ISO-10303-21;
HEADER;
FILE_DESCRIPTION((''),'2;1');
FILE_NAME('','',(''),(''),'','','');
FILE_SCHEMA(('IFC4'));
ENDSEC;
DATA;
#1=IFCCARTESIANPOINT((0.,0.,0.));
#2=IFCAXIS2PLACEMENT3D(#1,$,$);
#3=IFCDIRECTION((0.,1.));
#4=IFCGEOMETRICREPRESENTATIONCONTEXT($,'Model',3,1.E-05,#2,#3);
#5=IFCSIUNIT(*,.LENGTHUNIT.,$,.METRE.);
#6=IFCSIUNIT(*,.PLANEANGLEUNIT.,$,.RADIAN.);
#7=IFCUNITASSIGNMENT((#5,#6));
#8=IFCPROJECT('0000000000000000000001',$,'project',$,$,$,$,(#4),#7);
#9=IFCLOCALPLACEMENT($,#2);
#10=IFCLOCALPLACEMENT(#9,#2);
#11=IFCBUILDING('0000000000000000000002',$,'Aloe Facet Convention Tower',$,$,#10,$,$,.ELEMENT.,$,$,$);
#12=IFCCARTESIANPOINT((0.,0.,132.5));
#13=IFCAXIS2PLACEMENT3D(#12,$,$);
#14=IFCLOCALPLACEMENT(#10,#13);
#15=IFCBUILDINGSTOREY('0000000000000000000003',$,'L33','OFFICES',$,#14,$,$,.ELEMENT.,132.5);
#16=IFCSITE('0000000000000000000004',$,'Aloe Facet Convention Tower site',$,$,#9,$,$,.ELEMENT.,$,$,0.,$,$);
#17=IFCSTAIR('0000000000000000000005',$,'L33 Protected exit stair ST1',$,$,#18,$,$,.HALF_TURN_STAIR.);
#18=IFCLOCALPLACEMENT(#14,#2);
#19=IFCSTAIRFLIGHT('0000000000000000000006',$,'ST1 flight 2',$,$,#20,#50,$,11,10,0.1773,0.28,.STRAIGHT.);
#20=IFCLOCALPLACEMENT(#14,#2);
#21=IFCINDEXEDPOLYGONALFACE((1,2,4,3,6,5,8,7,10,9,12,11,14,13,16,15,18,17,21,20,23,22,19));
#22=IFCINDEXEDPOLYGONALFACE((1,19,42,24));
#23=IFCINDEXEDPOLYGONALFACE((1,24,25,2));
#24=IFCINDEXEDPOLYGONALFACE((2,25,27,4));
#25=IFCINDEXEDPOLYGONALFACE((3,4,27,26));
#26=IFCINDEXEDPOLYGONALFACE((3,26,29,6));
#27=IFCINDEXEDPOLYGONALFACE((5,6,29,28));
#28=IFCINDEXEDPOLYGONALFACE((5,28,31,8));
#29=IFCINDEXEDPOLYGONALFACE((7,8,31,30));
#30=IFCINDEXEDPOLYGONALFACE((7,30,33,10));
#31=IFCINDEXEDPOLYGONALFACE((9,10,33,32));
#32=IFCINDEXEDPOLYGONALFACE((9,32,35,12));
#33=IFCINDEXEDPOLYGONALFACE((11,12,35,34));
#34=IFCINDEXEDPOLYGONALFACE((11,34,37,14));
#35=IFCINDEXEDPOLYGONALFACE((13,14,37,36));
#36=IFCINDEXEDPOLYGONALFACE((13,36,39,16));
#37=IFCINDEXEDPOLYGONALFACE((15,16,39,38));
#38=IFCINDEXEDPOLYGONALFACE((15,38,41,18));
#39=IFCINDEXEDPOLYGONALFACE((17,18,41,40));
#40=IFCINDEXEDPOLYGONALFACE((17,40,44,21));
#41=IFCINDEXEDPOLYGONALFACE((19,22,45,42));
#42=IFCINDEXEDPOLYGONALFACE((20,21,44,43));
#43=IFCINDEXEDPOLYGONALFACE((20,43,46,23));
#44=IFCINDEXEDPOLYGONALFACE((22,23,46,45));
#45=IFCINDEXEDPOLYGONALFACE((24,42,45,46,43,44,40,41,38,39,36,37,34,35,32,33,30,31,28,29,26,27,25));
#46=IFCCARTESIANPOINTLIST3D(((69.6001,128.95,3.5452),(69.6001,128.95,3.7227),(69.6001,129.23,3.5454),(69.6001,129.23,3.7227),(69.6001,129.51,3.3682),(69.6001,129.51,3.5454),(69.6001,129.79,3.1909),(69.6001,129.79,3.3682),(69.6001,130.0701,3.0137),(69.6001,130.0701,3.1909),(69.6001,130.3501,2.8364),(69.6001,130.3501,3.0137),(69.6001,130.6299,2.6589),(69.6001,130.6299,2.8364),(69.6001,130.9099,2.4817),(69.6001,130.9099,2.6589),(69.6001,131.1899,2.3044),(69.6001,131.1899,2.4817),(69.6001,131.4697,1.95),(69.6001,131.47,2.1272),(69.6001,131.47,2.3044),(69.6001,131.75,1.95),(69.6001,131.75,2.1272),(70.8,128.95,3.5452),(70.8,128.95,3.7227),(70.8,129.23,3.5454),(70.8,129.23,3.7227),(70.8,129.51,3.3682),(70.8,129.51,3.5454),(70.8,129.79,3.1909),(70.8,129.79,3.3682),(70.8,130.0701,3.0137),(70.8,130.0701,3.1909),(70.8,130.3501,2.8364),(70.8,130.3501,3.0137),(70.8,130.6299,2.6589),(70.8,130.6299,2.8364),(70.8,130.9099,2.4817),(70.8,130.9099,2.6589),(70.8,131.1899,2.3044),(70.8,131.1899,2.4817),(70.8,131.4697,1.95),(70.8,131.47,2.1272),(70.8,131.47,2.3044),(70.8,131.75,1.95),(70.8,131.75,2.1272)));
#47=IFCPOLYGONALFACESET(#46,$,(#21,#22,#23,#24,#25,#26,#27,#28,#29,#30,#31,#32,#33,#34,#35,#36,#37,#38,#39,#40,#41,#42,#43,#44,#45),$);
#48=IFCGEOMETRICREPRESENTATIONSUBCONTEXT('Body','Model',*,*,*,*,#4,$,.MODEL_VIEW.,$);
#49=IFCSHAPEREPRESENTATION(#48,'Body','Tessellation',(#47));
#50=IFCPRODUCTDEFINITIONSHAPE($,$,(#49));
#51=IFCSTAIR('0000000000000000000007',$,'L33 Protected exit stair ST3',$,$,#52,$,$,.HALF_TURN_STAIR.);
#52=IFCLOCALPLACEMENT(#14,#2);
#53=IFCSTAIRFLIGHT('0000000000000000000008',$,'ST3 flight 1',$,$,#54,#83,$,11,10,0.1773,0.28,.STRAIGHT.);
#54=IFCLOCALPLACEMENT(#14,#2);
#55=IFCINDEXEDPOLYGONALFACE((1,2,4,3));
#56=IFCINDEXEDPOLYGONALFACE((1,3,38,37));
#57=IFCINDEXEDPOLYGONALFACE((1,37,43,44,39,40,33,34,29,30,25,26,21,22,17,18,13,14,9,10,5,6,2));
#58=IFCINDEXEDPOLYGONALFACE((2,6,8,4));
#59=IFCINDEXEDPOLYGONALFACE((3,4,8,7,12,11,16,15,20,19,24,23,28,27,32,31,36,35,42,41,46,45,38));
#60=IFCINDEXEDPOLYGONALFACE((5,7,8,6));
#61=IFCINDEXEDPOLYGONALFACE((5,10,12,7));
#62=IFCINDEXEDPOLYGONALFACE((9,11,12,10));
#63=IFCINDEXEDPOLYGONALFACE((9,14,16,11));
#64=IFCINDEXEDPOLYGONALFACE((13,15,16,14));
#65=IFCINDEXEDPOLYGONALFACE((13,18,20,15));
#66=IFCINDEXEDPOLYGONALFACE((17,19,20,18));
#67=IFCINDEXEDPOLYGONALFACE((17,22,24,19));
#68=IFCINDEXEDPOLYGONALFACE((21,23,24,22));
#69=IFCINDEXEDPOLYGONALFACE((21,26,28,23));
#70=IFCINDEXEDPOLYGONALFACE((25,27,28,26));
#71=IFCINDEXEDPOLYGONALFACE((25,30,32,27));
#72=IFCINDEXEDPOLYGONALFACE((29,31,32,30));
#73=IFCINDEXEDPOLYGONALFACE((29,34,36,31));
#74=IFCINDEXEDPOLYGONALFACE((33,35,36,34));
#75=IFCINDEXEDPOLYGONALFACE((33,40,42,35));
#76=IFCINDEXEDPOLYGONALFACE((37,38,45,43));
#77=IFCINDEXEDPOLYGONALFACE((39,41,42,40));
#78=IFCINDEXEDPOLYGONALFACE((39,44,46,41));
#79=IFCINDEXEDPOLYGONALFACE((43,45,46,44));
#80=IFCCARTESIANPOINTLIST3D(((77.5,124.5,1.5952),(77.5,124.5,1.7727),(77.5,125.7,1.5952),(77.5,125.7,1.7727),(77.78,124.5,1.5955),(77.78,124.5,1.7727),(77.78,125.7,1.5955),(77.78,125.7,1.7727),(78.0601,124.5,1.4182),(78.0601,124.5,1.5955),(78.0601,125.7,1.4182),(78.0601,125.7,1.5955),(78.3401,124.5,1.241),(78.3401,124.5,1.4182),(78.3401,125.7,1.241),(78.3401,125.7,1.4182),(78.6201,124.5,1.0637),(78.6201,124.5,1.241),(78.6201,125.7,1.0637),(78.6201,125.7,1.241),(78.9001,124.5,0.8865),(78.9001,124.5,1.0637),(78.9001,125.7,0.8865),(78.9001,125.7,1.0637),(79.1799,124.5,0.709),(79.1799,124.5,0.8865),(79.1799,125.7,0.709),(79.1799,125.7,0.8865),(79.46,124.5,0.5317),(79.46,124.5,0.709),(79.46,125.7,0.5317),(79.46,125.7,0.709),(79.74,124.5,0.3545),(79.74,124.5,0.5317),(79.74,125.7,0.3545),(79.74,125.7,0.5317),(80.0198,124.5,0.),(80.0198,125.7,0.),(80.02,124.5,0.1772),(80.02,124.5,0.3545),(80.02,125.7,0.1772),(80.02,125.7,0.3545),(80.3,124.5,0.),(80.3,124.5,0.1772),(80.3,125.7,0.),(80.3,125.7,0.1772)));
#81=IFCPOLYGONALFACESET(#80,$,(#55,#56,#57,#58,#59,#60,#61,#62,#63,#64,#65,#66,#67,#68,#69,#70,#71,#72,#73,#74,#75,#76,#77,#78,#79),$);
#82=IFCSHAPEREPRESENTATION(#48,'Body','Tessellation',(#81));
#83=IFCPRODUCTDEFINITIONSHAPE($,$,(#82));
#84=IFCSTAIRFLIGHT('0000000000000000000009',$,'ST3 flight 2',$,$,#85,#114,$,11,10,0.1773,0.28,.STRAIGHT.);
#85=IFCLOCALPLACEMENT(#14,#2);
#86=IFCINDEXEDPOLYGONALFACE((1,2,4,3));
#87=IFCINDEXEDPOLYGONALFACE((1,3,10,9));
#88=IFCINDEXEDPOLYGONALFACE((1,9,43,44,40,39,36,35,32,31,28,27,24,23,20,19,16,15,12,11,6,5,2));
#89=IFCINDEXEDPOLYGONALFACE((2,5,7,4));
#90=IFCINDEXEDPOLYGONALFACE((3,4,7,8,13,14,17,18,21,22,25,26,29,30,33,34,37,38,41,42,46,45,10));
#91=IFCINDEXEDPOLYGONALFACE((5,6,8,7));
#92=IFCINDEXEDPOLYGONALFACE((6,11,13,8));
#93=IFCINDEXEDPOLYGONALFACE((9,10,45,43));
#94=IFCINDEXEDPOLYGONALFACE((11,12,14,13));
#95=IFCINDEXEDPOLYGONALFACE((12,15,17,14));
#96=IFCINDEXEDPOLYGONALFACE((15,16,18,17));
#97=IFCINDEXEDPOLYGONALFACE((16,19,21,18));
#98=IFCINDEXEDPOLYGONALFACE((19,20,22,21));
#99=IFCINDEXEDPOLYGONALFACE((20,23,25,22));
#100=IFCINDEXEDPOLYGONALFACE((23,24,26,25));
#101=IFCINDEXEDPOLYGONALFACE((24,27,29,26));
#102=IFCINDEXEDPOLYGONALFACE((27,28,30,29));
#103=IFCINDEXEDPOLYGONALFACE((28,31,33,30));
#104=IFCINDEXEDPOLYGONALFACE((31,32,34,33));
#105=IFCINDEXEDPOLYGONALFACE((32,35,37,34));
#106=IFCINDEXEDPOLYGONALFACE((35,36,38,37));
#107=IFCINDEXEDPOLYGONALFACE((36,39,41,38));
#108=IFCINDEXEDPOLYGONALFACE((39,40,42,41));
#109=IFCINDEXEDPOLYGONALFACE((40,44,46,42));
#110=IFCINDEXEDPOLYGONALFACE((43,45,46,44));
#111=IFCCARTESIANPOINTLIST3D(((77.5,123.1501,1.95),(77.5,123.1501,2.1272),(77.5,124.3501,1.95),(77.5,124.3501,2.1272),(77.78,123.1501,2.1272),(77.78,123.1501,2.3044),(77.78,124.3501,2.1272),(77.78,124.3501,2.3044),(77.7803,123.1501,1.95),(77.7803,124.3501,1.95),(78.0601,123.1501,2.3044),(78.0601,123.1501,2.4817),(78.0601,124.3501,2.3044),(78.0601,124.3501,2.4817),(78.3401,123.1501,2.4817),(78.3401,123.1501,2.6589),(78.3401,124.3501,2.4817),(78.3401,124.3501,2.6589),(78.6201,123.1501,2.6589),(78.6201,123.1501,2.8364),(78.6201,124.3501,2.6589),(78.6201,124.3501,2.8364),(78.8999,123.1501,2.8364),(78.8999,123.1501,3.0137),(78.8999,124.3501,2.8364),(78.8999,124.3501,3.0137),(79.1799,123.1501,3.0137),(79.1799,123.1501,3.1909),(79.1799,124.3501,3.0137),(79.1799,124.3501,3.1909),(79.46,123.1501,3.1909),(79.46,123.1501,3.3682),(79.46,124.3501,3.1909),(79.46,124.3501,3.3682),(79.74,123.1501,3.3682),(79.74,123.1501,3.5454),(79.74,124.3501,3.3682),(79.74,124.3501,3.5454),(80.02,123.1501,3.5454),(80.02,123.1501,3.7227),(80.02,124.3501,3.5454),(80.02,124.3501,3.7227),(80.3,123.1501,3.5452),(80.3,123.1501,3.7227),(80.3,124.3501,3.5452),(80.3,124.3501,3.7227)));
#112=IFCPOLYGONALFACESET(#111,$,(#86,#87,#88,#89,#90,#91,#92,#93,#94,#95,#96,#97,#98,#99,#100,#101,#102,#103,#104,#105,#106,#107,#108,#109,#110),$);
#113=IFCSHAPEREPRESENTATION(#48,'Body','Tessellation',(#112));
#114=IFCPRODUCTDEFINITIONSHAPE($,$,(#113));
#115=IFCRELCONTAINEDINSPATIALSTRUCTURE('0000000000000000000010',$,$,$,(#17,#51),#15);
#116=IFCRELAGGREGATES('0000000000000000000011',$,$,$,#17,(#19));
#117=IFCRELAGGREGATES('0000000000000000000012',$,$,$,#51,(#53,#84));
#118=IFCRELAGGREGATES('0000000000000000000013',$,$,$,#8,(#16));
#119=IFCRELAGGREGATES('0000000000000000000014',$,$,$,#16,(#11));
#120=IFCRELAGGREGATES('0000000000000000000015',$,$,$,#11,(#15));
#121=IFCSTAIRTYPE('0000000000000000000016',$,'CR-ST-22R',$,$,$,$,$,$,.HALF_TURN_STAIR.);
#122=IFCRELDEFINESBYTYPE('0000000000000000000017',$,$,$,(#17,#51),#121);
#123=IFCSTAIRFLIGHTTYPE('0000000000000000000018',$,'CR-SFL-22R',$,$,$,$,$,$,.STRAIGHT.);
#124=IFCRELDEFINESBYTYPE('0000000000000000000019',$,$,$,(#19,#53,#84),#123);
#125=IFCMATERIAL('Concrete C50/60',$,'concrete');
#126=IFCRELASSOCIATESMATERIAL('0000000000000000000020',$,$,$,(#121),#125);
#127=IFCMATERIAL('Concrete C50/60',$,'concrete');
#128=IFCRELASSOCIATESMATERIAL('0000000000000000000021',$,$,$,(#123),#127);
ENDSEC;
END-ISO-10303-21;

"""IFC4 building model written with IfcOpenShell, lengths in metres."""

from ifc_helpers import new_model, si_unit, direction, frame, origin, place, context, subcontext, project, spatial, polyline, outline, extrude, material, type_object, element, aggregate, save


model = new_model("IFC4")

# Units and contexts
model_context = context("Model", 3, precision=1e-05, world=origin(), true_north=direction((0.0, 1.0)))
body_context = subcontext(model_context, "Body", "Model", "MODEL_VIEW")
ifc_project = project(units=[si_unit("LENGTHUNIT", "METRE"), si_unit("PLANEANGLEUNIT", "RADIAN")], contexts=[model_context])

# Site, building, storey
site_placement = place(None, origin())
site = spatial("IfcSite", under=ifc_project, at=site_placement, Name="Aloe Facet Convention Tower site", CompositionType="ELEMENT", RefElevation=0.0)
building_placement = place(site_placement, origin())
building = spatial("IfcBuilding", under=site, at=building_placement, Name="Aloe Facet Convention Tower", CompositionType="ELEMENT")
storey_placement = place(building_placement, frame((0.0, 0.0, 132.5)))
storey = spatial("IfcBuildingStorey", under=building, at=storey_placement, Name="L33", Description="OFFICES", CompositionType="ELEMENT", Elevation=132.5)

# Stairs, stair flights
ifc_material_1 = material(Name="Concrete C50/60", Category="concrete")
stair_type = type_object("IfcStairType", Name="CR-ST-22R", PredefinedType="HALF_TURN_STAIR", material=ifc_material_1)
stair_1_placement = place(storey_placement, origin())
stair_1 = element("IfcStair", 1, at=stair_1_placement, inside=storey, type_object=stair_type, Name="L33 Protected exit stair ST1", PredefinedType="HALF_TURN_STAIR")
ifc_material_2 = material(Name="Concrete C50/60", Category="concrete")
stair_flight_type = type_object("IfcStairFlightType", Name="CR-SFL-22R", PredefinedType="STRAIGHT", material=ifc_material_2)
stair_flight_1_placement = place(storey_placement, frame((70.2, 131.75, 1.95), z_axis=(0.0, 0.0, 1.0), x_axis=(0.0, -1.0, 0.0)))
stair_flight_1 = element("IfcStairFlight", 2, at=stair_flight_1_placement, type_object=stair_flight_type, Name="ST1 flight 2", NumberOfRisers=11, NumberOfTreads=10, PredefinedType="STRAIGHT", RiserHeight=0.1773, TreadLength=0.28, context=body_context, shape_type="SweptSolid", body=[
    extrude(outline(polyline([(0.0, 0.0), (0.0, 0.1772), (0.28, 0.1772), (0.28, 0.3545), (0.5601, 0.3545), (0.5601, 0.5317), (0.8401, 0.5317), (0.8401, 0.709), (1.1201, 0.709), (1.1201, 0.8865), (1.3999, 0.8865), (1.3999, 1.0637), (1.6799, 1.0637), (1.6799, 1.241), (1.96, 1.241), (1.96, 1.4182), (2.24, 1.4182), (2.24, 1.5955), (2.52, 1.5955), (2.52, 1.7727), (2.8, 1.7727), (2.8, 1.95), (2.8, 1.5952), (0.2803, 0.0), (0.0, 0.0)])), frame((0.0, 0.6001, 0.0), z_axis=(0.0, -1.0, 0.0), x_axis=(1.0, 0.0, 0.0)), (0.0, 0.0, 1.0), 1.2),
])
aggregate(stair_1, [stair_flight_1])
stair_2_placement = place(storey_placement, origin())
stair_2 = element("IfcStair", 3, at=stair_2_placement, inside=storey, type_object=stair_type, Name="L33 Protected exit stair ST3", PredefinedType="HALF_TURN_STAIR")
stair_flight_2_placement = place(storey_placement, frame((80.3, 125.1001, 0.0), z_axis=(0.0, 0.0, 1.0), x_axis=(-1.0, 0.0, 0.0)))
stair_flight_2 = element("IfcStairFlight", 4, at=stair_flight_2_placement, type_object=stair_flight_type, Name="ST3 flight 1", NumberOfRisers=11, NumberOfTreads=10, PredefinedType="STRAIGHT", RiserHeight=0.1773, TreadLength=0.28, context=body_context, shape_type="SweptSolid", body=[
    extrude(outline(polyline([(0.0, 0.0), (0.0, 0.1772), (0.28, 0.1772), (0.28, 0.3545), (0.5601, 0.3545), (0.5601, 0.5317), (0.8401, 0.5317), (0.8401, 0.709), (1.1201, 0.709), (1.1201, 0.8865), (1.3999, 0.8865), (1.3999, 1.0637), (1.6799, 1.0637), (1.6799, 1.241), (1.96, 1.241), (1.96, 1.4182), (2.24, 1.4182), (2.24, 1.5955), (2.52, 1.5955), (2.52, 1.7727), (2.8, 1.7727), (2.8, 1.95), (2.8, 1.5952), (0.2803, 0.0), (0.0, 0.0)])), frame((0.0, 0.6001, 0.0), z_axis=(0.0, -1.0, 0.0), x_axis=(1.0, 0.0, 0.0)), (0.0, 0.0, 1.0), 1.2),
])
stair_flight_3_placement = place(storey_placement, frame((77.5, 123.75, 1.95), z_axis=(0.0, 0.0, 1.0), x_axis=(1.0, 0.0, 0.0)))
stair_flight_3 = element("IfcStairFlight", 5, at=stair_flight_3_placement, type_object=stair_flight_type, Name="ST3 flight 2", NumberOfRisers=11, NumberOfTreads=10, PredefinedType="STRAIGHT", RiserHeight=0.1773, TreadLength=0.28, context=body_context, shape_type="SweptSolid", body=[
    extrude(outline(polyline([(0.0, 0.0), (0.0, 0.1772), (0.28, 0.1772), (0.28, 0.3545), (0.5601, 0.3545), (0.5601, 0.5317), (0.8401, 0.5317), (0.8401, 0.709), (1.1201, 0.709), (1.1201, 0.8865), (1.3999, 0.8865), (1.3999, 1.0637), (1.6799, 1.0637), (1.6799, 1.241), (1.96, 1.241), (1.96, 1.4182), (2.24, 1.4182), (2.24, 1.5955), (2.52, 1.5955), (2.52, 1.7727), (2.8, 1.7727), (2.8, 1.95), (2.8, 1.5952), (0.2803, 0.0), (0.0, 0.0)])), frame((0.0, 0.6001, 0.0), z_axis=(0.0, -1.0, 0.0), x_axis=(1.0, 0.0, 0.0)), (0.0, 0.0, 1.0), 1.2),
])
aggregate(stair_2, [stair_flight_2, stair_flight_3])

save(model, "model.ifc")
